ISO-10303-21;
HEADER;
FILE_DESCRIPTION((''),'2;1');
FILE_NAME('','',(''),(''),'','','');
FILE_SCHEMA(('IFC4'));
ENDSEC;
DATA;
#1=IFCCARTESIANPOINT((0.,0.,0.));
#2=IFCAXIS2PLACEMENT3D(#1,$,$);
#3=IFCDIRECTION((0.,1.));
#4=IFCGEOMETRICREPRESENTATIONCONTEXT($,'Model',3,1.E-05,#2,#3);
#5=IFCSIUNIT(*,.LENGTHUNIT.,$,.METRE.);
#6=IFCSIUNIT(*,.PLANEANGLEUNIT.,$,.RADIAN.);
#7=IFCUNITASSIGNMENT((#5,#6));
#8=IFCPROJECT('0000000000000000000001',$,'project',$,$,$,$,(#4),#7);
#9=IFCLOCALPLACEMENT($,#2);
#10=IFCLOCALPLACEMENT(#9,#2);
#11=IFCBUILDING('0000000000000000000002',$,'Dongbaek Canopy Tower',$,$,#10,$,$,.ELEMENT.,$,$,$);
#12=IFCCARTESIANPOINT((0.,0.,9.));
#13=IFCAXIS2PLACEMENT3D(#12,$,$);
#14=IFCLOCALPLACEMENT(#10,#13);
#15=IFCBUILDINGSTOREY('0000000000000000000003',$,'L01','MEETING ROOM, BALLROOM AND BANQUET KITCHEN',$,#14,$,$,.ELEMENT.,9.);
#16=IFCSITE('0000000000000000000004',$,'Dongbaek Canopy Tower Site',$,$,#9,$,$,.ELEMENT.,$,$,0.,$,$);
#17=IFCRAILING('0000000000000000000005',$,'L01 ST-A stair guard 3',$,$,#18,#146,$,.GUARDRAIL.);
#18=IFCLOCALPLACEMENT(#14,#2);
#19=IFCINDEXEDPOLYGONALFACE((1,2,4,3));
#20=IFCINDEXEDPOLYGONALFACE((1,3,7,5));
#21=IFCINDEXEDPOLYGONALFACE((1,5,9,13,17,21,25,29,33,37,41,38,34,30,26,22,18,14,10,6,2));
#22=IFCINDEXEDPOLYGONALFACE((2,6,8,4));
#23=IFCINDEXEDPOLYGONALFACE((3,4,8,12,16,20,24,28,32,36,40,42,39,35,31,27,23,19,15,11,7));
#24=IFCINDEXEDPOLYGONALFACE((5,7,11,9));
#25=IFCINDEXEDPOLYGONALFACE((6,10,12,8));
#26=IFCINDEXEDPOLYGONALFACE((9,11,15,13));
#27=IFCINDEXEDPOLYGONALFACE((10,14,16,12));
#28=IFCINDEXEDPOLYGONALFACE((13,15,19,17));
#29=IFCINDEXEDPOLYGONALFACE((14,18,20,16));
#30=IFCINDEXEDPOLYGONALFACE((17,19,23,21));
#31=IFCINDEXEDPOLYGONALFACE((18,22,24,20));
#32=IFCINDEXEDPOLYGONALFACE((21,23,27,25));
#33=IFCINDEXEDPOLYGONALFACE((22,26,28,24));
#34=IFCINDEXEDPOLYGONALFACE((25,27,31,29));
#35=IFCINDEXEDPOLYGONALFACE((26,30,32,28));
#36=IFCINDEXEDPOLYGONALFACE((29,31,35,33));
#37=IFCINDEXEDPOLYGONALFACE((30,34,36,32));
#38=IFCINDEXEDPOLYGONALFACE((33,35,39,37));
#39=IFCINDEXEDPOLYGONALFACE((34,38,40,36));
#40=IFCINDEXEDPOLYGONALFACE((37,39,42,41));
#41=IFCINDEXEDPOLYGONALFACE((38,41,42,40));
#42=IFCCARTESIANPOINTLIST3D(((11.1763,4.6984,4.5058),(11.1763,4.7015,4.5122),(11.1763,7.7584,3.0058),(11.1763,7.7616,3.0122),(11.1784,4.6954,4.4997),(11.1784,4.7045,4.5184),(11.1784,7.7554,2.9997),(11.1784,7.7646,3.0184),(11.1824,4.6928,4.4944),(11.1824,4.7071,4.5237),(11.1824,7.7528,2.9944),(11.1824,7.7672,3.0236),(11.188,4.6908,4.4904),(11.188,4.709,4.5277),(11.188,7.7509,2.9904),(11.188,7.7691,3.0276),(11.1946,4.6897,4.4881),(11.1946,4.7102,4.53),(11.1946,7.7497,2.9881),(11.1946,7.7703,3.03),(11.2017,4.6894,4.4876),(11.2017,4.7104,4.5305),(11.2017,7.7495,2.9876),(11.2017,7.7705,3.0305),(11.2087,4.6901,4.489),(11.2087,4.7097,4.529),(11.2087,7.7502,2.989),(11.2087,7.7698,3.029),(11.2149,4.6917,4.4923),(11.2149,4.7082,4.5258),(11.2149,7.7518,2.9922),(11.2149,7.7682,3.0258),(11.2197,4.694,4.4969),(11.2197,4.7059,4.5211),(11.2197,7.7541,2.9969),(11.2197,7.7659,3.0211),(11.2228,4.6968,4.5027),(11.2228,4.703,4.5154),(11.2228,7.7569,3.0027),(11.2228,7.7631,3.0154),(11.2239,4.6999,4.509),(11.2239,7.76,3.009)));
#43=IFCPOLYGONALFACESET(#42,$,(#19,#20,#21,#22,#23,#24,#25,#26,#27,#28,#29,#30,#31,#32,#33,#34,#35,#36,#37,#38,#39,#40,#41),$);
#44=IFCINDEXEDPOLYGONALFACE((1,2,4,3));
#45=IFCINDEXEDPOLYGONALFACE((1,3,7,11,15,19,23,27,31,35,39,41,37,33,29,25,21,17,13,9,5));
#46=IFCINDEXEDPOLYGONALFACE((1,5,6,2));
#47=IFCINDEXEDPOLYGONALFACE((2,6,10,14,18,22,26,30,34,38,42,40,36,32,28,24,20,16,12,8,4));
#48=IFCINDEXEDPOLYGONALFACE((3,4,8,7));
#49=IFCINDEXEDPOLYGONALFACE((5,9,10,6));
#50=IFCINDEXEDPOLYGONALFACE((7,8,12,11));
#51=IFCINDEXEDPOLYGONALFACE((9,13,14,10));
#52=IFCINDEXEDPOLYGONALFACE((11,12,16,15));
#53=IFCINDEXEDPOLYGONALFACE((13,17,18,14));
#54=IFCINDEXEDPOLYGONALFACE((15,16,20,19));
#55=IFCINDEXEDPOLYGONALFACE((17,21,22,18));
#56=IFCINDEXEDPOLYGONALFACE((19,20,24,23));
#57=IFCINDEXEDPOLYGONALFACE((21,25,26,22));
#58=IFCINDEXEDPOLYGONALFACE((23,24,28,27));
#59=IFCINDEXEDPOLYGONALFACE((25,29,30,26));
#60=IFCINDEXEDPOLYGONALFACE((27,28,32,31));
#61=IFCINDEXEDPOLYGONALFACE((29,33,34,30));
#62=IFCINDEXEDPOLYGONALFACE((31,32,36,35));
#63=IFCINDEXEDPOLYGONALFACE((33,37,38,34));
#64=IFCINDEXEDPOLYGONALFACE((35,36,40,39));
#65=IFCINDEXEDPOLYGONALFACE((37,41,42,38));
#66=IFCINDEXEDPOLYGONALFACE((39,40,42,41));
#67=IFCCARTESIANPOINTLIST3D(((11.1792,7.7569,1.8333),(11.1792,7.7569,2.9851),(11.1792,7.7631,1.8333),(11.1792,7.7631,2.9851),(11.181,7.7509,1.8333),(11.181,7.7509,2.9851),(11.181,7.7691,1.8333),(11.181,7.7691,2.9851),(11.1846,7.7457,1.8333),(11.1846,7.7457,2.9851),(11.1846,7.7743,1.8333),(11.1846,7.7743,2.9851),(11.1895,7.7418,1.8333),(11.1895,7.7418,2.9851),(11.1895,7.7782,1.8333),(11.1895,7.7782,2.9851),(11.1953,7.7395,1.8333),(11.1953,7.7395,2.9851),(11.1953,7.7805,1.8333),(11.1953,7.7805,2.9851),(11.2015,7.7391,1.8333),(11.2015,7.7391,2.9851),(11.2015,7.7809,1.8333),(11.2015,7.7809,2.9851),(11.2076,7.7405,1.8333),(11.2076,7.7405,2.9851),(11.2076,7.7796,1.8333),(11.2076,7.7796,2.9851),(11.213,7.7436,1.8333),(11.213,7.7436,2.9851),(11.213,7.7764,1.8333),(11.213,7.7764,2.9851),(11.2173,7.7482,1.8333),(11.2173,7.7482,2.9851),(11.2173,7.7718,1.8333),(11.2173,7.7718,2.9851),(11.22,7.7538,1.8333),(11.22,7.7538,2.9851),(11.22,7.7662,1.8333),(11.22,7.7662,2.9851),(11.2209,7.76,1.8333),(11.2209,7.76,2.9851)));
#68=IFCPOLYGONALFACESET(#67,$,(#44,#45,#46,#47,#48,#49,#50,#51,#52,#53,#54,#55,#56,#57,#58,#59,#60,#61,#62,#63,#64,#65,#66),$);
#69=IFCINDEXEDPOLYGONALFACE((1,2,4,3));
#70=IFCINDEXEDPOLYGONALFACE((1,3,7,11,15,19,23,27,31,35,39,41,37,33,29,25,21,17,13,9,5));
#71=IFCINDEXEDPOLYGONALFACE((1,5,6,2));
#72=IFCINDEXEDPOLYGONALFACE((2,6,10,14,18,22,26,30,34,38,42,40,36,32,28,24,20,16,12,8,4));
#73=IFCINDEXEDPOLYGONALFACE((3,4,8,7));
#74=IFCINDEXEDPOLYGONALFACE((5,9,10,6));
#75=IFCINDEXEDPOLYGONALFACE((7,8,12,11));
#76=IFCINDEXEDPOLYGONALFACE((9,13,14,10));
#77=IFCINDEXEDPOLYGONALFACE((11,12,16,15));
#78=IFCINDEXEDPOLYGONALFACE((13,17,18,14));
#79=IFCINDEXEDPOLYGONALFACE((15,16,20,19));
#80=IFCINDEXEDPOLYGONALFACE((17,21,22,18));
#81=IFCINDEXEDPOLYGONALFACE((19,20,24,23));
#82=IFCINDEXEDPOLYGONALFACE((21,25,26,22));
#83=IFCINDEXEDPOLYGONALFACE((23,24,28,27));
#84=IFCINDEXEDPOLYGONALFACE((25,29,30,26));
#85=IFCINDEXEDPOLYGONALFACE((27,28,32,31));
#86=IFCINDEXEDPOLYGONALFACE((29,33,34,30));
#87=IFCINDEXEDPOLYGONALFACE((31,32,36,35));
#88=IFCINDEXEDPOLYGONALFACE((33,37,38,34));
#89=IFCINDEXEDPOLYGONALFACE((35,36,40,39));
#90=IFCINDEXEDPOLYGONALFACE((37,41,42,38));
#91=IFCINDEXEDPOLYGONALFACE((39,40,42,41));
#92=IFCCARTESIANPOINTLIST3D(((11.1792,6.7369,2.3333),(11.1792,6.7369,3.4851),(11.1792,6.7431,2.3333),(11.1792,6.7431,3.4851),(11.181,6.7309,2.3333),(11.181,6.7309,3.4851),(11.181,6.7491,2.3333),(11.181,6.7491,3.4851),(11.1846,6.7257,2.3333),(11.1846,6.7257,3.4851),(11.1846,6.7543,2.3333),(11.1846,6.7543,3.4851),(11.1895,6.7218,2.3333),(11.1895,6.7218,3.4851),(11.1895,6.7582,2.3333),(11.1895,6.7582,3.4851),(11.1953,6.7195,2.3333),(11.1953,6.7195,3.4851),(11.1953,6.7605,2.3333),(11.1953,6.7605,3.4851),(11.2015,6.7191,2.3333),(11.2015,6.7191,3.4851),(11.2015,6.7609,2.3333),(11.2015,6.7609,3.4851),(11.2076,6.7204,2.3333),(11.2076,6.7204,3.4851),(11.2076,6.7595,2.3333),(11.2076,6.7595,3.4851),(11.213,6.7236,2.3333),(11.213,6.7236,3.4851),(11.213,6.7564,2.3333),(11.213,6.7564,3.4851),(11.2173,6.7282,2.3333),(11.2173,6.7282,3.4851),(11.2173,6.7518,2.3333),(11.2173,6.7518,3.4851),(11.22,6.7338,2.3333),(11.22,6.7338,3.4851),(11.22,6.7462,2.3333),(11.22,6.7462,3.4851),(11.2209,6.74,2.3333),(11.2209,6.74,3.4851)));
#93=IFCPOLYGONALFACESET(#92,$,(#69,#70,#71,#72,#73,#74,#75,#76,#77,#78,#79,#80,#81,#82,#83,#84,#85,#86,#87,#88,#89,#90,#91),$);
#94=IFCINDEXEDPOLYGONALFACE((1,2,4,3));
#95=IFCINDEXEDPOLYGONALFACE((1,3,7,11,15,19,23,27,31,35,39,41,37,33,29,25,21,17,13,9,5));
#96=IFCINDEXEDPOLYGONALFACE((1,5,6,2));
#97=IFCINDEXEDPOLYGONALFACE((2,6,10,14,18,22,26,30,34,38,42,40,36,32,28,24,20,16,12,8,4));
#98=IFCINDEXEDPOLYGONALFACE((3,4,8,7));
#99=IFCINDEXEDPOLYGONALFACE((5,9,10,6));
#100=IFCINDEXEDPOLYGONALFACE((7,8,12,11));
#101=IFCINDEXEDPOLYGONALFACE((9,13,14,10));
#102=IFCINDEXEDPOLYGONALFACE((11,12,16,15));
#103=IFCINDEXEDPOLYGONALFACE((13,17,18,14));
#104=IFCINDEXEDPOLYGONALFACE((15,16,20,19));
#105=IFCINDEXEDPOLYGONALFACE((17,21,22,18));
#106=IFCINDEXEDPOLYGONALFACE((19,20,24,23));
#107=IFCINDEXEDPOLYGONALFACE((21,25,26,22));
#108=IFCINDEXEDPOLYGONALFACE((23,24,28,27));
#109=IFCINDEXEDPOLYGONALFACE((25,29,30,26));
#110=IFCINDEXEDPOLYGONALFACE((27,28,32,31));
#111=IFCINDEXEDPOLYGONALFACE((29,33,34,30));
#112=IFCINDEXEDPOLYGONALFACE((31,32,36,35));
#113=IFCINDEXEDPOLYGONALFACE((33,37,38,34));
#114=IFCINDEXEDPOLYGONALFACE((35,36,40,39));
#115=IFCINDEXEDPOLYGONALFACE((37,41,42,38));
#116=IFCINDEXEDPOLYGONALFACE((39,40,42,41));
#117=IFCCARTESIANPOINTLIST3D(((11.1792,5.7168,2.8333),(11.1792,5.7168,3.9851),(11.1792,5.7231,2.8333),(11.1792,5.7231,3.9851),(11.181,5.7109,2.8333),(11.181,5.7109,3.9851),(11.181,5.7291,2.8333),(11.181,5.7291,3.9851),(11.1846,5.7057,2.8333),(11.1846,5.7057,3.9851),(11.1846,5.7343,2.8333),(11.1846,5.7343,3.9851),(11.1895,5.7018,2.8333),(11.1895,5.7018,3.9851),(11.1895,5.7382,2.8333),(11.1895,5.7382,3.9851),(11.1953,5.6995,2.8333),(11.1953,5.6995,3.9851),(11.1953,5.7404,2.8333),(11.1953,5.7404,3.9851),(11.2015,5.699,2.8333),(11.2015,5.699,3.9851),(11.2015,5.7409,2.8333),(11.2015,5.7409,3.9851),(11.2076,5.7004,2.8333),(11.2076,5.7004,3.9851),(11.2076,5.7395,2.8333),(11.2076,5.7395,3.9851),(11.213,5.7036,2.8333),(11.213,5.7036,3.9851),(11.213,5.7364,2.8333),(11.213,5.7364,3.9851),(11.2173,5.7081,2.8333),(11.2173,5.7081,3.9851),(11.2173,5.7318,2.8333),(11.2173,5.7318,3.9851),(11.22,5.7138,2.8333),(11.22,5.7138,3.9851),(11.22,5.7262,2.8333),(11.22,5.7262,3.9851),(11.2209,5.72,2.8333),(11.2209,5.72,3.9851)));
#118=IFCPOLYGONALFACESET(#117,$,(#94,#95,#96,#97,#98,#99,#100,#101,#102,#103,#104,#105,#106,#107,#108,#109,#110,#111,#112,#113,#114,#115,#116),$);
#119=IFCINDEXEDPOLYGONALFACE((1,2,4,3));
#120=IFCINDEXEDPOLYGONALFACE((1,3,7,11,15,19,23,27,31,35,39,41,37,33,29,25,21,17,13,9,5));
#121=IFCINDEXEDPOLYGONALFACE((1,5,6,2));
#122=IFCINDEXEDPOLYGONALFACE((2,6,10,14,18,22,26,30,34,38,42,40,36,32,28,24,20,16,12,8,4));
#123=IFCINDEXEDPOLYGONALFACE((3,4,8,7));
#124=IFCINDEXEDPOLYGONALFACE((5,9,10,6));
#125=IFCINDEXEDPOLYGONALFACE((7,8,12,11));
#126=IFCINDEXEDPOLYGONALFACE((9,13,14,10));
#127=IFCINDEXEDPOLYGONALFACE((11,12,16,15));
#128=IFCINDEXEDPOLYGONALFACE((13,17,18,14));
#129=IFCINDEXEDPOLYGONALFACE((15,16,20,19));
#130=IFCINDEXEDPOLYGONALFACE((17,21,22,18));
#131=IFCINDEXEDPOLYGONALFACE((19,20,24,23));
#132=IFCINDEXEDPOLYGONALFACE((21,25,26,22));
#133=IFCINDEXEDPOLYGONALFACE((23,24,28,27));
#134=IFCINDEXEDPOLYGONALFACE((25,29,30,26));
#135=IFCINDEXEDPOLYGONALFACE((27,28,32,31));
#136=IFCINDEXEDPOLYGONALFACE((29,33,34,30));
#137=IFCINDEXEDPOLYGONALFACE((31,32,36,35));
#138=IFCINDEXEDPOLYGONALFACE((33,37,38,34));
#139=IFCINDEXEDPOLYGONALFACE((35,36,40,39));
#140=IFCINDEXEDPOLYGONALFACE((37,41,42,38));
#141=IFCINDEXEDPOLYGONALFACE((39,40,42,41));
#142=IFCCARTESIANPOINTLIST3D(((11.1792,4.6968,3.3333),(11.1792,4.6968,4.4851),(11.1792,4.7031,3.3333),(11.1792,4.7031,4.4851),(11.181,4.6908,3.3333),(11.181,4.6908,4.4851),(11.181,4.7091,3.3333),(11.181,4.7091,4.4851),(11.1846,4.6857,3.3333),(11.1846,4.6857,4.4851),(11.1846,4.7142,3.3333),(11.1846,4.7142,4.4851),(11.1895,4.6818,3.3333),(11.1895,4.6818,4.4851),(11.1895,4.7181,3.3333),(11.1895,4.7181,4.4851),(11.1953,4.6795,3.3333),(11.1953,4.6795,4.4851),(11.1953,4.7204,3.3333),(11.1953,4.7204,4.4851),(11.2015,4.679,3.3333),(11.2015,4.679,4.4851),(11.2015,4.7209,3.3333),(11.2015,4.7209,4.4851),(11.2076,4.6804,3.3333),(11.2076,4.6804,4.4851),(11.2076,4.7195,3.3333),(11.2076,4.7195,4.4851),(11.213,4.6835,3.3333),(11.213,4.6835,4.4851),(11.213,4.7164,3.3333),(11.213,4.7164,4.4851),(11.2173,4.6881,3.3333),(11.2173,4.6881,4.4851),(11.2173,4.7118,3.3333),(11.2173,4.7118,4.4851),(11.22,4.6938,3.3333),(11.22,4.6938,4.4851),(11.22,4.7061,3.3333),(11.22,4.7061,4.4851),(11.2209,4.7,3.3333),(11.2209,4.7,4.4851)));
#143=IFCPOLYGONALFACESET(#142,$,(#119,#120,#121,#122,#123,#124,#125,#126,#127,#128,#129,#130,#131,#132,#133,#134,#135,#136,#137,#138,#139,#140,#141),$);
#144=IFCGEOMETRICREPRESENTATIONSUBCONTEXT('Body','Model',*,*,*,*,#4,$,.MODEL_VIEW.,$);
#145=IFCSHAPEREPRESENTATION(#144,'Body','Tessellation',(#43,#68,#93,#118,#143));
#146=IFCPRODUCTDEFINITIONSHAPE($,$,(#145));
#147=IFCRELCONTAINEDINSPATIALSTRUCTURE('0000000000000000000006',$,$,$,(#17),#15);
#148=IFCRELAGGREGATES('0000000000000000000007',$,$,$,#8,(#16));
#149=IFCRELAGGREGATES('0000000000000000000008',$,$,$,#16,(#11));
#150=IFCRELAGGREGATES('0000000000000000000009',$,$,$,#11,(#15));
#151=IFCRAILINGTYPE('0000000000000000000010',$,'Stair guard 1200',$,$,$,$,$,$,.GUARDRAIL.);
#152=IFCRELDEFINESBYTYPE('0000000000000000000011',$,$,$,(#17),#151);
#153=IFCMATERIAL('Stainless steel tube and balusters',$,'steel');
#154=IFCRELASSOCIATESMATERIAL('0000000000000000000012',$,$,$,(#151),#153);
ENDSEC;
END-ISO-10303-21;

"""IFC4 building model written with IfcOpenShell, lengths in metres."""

from ifc_helpers import new_model, si_unit, direction, frame, origin, origin_2d, place, context, subcontext, project, spatial, circle, extrude, material, type_object, element, save


model = new_model("IFC4")

# Units and contexts
model_context = context("Model", 3, precision=1e-05, world=origin(), true_north=direction((0.0, 1.0)))
body_context = subcontext(model_context, "Body", "Model", "MODEL_VIEW")
ifc_project = project(units=[si_unit("LENGTHUNIT", "METRE"), si_unit("PLANEANGLEUNIT", "RADIAN")], contexts=[model_context])

# Site, building, storey
site_placement = place(None, origin())
site = spatial("IfcSite", under=ifc_project, at=site_placement, Name="Dongbaek Canopy Tower Site", CompositionType="ELEMENT", RefElevation=0.0)
building_placement = place(site_placement, origin())
building = spatial("IfcBuilding", under=site, at=building_placement, Name="Dongbaek Canopy Tower", CompositionType="ELEMENT")
storey_placement = place(building_placement, frame((0.0, 0.0, 9.0)))
storey = spatial("IfcBuildingStorey", under=building, at=storey_placement, Name="L01", Description="MEETING ROOM, BALLROOM AND BANQUET KITCHEN", CompositionType="ELEMENT", Elevation=9.0)

# Railing
ifc_material_1 = material(Name="Stainless steel tube and balusters", Category="steel")
railing_type = type_object("IfcRailingType", Name="Stair guard 1200", PredefinedType="GUARDRAIL", material=ifc_material_1)
railing_1_placement = place(storey_placement, frame((11.2, 7.76, 1.8333)))
element("IfcRailing", 1, at=railing_1_placement, inside=storey, type_object=railing_type, Name="L01 ST-A stair guard 3", PredefinedType="GUARDRAIL", context=body_context, shape_type="SweptSolid", body=[
    extrude(circle(Radius=0.0239, at=origin_2d()), frame((0.0, 0.0, 1.1758), z_axis=(0.0, -0.897924, 0.44015), x_axis=(1.0, 0.0, 0.0)), (0.0, 0.0, 1.0), 3.408),
    extrude(circle(Radius=0.021, at=origin_2d()), origin(), (0.0, 0.0, 1.0), 1.1519),
    extrude(circle(Radius=0.021, at=origin_2d()), frame((0.0, -1.02, 0.5)), (0.0, 0.0, 1.0), 1.1519),
    extrude(circle(Radius=0.021, at=origin_2d()), frame((0.0, -2.04, 1.0)), (0.0, 0.0, 1.0), 1.1519),
    extrude(circle(Radius=0.021, at=origin_2d()), frame((0.0, -3.0601, 1.5)), (0.0, 0.0, 1.0), 1.1519),
])

save(model, "model.ifc")
